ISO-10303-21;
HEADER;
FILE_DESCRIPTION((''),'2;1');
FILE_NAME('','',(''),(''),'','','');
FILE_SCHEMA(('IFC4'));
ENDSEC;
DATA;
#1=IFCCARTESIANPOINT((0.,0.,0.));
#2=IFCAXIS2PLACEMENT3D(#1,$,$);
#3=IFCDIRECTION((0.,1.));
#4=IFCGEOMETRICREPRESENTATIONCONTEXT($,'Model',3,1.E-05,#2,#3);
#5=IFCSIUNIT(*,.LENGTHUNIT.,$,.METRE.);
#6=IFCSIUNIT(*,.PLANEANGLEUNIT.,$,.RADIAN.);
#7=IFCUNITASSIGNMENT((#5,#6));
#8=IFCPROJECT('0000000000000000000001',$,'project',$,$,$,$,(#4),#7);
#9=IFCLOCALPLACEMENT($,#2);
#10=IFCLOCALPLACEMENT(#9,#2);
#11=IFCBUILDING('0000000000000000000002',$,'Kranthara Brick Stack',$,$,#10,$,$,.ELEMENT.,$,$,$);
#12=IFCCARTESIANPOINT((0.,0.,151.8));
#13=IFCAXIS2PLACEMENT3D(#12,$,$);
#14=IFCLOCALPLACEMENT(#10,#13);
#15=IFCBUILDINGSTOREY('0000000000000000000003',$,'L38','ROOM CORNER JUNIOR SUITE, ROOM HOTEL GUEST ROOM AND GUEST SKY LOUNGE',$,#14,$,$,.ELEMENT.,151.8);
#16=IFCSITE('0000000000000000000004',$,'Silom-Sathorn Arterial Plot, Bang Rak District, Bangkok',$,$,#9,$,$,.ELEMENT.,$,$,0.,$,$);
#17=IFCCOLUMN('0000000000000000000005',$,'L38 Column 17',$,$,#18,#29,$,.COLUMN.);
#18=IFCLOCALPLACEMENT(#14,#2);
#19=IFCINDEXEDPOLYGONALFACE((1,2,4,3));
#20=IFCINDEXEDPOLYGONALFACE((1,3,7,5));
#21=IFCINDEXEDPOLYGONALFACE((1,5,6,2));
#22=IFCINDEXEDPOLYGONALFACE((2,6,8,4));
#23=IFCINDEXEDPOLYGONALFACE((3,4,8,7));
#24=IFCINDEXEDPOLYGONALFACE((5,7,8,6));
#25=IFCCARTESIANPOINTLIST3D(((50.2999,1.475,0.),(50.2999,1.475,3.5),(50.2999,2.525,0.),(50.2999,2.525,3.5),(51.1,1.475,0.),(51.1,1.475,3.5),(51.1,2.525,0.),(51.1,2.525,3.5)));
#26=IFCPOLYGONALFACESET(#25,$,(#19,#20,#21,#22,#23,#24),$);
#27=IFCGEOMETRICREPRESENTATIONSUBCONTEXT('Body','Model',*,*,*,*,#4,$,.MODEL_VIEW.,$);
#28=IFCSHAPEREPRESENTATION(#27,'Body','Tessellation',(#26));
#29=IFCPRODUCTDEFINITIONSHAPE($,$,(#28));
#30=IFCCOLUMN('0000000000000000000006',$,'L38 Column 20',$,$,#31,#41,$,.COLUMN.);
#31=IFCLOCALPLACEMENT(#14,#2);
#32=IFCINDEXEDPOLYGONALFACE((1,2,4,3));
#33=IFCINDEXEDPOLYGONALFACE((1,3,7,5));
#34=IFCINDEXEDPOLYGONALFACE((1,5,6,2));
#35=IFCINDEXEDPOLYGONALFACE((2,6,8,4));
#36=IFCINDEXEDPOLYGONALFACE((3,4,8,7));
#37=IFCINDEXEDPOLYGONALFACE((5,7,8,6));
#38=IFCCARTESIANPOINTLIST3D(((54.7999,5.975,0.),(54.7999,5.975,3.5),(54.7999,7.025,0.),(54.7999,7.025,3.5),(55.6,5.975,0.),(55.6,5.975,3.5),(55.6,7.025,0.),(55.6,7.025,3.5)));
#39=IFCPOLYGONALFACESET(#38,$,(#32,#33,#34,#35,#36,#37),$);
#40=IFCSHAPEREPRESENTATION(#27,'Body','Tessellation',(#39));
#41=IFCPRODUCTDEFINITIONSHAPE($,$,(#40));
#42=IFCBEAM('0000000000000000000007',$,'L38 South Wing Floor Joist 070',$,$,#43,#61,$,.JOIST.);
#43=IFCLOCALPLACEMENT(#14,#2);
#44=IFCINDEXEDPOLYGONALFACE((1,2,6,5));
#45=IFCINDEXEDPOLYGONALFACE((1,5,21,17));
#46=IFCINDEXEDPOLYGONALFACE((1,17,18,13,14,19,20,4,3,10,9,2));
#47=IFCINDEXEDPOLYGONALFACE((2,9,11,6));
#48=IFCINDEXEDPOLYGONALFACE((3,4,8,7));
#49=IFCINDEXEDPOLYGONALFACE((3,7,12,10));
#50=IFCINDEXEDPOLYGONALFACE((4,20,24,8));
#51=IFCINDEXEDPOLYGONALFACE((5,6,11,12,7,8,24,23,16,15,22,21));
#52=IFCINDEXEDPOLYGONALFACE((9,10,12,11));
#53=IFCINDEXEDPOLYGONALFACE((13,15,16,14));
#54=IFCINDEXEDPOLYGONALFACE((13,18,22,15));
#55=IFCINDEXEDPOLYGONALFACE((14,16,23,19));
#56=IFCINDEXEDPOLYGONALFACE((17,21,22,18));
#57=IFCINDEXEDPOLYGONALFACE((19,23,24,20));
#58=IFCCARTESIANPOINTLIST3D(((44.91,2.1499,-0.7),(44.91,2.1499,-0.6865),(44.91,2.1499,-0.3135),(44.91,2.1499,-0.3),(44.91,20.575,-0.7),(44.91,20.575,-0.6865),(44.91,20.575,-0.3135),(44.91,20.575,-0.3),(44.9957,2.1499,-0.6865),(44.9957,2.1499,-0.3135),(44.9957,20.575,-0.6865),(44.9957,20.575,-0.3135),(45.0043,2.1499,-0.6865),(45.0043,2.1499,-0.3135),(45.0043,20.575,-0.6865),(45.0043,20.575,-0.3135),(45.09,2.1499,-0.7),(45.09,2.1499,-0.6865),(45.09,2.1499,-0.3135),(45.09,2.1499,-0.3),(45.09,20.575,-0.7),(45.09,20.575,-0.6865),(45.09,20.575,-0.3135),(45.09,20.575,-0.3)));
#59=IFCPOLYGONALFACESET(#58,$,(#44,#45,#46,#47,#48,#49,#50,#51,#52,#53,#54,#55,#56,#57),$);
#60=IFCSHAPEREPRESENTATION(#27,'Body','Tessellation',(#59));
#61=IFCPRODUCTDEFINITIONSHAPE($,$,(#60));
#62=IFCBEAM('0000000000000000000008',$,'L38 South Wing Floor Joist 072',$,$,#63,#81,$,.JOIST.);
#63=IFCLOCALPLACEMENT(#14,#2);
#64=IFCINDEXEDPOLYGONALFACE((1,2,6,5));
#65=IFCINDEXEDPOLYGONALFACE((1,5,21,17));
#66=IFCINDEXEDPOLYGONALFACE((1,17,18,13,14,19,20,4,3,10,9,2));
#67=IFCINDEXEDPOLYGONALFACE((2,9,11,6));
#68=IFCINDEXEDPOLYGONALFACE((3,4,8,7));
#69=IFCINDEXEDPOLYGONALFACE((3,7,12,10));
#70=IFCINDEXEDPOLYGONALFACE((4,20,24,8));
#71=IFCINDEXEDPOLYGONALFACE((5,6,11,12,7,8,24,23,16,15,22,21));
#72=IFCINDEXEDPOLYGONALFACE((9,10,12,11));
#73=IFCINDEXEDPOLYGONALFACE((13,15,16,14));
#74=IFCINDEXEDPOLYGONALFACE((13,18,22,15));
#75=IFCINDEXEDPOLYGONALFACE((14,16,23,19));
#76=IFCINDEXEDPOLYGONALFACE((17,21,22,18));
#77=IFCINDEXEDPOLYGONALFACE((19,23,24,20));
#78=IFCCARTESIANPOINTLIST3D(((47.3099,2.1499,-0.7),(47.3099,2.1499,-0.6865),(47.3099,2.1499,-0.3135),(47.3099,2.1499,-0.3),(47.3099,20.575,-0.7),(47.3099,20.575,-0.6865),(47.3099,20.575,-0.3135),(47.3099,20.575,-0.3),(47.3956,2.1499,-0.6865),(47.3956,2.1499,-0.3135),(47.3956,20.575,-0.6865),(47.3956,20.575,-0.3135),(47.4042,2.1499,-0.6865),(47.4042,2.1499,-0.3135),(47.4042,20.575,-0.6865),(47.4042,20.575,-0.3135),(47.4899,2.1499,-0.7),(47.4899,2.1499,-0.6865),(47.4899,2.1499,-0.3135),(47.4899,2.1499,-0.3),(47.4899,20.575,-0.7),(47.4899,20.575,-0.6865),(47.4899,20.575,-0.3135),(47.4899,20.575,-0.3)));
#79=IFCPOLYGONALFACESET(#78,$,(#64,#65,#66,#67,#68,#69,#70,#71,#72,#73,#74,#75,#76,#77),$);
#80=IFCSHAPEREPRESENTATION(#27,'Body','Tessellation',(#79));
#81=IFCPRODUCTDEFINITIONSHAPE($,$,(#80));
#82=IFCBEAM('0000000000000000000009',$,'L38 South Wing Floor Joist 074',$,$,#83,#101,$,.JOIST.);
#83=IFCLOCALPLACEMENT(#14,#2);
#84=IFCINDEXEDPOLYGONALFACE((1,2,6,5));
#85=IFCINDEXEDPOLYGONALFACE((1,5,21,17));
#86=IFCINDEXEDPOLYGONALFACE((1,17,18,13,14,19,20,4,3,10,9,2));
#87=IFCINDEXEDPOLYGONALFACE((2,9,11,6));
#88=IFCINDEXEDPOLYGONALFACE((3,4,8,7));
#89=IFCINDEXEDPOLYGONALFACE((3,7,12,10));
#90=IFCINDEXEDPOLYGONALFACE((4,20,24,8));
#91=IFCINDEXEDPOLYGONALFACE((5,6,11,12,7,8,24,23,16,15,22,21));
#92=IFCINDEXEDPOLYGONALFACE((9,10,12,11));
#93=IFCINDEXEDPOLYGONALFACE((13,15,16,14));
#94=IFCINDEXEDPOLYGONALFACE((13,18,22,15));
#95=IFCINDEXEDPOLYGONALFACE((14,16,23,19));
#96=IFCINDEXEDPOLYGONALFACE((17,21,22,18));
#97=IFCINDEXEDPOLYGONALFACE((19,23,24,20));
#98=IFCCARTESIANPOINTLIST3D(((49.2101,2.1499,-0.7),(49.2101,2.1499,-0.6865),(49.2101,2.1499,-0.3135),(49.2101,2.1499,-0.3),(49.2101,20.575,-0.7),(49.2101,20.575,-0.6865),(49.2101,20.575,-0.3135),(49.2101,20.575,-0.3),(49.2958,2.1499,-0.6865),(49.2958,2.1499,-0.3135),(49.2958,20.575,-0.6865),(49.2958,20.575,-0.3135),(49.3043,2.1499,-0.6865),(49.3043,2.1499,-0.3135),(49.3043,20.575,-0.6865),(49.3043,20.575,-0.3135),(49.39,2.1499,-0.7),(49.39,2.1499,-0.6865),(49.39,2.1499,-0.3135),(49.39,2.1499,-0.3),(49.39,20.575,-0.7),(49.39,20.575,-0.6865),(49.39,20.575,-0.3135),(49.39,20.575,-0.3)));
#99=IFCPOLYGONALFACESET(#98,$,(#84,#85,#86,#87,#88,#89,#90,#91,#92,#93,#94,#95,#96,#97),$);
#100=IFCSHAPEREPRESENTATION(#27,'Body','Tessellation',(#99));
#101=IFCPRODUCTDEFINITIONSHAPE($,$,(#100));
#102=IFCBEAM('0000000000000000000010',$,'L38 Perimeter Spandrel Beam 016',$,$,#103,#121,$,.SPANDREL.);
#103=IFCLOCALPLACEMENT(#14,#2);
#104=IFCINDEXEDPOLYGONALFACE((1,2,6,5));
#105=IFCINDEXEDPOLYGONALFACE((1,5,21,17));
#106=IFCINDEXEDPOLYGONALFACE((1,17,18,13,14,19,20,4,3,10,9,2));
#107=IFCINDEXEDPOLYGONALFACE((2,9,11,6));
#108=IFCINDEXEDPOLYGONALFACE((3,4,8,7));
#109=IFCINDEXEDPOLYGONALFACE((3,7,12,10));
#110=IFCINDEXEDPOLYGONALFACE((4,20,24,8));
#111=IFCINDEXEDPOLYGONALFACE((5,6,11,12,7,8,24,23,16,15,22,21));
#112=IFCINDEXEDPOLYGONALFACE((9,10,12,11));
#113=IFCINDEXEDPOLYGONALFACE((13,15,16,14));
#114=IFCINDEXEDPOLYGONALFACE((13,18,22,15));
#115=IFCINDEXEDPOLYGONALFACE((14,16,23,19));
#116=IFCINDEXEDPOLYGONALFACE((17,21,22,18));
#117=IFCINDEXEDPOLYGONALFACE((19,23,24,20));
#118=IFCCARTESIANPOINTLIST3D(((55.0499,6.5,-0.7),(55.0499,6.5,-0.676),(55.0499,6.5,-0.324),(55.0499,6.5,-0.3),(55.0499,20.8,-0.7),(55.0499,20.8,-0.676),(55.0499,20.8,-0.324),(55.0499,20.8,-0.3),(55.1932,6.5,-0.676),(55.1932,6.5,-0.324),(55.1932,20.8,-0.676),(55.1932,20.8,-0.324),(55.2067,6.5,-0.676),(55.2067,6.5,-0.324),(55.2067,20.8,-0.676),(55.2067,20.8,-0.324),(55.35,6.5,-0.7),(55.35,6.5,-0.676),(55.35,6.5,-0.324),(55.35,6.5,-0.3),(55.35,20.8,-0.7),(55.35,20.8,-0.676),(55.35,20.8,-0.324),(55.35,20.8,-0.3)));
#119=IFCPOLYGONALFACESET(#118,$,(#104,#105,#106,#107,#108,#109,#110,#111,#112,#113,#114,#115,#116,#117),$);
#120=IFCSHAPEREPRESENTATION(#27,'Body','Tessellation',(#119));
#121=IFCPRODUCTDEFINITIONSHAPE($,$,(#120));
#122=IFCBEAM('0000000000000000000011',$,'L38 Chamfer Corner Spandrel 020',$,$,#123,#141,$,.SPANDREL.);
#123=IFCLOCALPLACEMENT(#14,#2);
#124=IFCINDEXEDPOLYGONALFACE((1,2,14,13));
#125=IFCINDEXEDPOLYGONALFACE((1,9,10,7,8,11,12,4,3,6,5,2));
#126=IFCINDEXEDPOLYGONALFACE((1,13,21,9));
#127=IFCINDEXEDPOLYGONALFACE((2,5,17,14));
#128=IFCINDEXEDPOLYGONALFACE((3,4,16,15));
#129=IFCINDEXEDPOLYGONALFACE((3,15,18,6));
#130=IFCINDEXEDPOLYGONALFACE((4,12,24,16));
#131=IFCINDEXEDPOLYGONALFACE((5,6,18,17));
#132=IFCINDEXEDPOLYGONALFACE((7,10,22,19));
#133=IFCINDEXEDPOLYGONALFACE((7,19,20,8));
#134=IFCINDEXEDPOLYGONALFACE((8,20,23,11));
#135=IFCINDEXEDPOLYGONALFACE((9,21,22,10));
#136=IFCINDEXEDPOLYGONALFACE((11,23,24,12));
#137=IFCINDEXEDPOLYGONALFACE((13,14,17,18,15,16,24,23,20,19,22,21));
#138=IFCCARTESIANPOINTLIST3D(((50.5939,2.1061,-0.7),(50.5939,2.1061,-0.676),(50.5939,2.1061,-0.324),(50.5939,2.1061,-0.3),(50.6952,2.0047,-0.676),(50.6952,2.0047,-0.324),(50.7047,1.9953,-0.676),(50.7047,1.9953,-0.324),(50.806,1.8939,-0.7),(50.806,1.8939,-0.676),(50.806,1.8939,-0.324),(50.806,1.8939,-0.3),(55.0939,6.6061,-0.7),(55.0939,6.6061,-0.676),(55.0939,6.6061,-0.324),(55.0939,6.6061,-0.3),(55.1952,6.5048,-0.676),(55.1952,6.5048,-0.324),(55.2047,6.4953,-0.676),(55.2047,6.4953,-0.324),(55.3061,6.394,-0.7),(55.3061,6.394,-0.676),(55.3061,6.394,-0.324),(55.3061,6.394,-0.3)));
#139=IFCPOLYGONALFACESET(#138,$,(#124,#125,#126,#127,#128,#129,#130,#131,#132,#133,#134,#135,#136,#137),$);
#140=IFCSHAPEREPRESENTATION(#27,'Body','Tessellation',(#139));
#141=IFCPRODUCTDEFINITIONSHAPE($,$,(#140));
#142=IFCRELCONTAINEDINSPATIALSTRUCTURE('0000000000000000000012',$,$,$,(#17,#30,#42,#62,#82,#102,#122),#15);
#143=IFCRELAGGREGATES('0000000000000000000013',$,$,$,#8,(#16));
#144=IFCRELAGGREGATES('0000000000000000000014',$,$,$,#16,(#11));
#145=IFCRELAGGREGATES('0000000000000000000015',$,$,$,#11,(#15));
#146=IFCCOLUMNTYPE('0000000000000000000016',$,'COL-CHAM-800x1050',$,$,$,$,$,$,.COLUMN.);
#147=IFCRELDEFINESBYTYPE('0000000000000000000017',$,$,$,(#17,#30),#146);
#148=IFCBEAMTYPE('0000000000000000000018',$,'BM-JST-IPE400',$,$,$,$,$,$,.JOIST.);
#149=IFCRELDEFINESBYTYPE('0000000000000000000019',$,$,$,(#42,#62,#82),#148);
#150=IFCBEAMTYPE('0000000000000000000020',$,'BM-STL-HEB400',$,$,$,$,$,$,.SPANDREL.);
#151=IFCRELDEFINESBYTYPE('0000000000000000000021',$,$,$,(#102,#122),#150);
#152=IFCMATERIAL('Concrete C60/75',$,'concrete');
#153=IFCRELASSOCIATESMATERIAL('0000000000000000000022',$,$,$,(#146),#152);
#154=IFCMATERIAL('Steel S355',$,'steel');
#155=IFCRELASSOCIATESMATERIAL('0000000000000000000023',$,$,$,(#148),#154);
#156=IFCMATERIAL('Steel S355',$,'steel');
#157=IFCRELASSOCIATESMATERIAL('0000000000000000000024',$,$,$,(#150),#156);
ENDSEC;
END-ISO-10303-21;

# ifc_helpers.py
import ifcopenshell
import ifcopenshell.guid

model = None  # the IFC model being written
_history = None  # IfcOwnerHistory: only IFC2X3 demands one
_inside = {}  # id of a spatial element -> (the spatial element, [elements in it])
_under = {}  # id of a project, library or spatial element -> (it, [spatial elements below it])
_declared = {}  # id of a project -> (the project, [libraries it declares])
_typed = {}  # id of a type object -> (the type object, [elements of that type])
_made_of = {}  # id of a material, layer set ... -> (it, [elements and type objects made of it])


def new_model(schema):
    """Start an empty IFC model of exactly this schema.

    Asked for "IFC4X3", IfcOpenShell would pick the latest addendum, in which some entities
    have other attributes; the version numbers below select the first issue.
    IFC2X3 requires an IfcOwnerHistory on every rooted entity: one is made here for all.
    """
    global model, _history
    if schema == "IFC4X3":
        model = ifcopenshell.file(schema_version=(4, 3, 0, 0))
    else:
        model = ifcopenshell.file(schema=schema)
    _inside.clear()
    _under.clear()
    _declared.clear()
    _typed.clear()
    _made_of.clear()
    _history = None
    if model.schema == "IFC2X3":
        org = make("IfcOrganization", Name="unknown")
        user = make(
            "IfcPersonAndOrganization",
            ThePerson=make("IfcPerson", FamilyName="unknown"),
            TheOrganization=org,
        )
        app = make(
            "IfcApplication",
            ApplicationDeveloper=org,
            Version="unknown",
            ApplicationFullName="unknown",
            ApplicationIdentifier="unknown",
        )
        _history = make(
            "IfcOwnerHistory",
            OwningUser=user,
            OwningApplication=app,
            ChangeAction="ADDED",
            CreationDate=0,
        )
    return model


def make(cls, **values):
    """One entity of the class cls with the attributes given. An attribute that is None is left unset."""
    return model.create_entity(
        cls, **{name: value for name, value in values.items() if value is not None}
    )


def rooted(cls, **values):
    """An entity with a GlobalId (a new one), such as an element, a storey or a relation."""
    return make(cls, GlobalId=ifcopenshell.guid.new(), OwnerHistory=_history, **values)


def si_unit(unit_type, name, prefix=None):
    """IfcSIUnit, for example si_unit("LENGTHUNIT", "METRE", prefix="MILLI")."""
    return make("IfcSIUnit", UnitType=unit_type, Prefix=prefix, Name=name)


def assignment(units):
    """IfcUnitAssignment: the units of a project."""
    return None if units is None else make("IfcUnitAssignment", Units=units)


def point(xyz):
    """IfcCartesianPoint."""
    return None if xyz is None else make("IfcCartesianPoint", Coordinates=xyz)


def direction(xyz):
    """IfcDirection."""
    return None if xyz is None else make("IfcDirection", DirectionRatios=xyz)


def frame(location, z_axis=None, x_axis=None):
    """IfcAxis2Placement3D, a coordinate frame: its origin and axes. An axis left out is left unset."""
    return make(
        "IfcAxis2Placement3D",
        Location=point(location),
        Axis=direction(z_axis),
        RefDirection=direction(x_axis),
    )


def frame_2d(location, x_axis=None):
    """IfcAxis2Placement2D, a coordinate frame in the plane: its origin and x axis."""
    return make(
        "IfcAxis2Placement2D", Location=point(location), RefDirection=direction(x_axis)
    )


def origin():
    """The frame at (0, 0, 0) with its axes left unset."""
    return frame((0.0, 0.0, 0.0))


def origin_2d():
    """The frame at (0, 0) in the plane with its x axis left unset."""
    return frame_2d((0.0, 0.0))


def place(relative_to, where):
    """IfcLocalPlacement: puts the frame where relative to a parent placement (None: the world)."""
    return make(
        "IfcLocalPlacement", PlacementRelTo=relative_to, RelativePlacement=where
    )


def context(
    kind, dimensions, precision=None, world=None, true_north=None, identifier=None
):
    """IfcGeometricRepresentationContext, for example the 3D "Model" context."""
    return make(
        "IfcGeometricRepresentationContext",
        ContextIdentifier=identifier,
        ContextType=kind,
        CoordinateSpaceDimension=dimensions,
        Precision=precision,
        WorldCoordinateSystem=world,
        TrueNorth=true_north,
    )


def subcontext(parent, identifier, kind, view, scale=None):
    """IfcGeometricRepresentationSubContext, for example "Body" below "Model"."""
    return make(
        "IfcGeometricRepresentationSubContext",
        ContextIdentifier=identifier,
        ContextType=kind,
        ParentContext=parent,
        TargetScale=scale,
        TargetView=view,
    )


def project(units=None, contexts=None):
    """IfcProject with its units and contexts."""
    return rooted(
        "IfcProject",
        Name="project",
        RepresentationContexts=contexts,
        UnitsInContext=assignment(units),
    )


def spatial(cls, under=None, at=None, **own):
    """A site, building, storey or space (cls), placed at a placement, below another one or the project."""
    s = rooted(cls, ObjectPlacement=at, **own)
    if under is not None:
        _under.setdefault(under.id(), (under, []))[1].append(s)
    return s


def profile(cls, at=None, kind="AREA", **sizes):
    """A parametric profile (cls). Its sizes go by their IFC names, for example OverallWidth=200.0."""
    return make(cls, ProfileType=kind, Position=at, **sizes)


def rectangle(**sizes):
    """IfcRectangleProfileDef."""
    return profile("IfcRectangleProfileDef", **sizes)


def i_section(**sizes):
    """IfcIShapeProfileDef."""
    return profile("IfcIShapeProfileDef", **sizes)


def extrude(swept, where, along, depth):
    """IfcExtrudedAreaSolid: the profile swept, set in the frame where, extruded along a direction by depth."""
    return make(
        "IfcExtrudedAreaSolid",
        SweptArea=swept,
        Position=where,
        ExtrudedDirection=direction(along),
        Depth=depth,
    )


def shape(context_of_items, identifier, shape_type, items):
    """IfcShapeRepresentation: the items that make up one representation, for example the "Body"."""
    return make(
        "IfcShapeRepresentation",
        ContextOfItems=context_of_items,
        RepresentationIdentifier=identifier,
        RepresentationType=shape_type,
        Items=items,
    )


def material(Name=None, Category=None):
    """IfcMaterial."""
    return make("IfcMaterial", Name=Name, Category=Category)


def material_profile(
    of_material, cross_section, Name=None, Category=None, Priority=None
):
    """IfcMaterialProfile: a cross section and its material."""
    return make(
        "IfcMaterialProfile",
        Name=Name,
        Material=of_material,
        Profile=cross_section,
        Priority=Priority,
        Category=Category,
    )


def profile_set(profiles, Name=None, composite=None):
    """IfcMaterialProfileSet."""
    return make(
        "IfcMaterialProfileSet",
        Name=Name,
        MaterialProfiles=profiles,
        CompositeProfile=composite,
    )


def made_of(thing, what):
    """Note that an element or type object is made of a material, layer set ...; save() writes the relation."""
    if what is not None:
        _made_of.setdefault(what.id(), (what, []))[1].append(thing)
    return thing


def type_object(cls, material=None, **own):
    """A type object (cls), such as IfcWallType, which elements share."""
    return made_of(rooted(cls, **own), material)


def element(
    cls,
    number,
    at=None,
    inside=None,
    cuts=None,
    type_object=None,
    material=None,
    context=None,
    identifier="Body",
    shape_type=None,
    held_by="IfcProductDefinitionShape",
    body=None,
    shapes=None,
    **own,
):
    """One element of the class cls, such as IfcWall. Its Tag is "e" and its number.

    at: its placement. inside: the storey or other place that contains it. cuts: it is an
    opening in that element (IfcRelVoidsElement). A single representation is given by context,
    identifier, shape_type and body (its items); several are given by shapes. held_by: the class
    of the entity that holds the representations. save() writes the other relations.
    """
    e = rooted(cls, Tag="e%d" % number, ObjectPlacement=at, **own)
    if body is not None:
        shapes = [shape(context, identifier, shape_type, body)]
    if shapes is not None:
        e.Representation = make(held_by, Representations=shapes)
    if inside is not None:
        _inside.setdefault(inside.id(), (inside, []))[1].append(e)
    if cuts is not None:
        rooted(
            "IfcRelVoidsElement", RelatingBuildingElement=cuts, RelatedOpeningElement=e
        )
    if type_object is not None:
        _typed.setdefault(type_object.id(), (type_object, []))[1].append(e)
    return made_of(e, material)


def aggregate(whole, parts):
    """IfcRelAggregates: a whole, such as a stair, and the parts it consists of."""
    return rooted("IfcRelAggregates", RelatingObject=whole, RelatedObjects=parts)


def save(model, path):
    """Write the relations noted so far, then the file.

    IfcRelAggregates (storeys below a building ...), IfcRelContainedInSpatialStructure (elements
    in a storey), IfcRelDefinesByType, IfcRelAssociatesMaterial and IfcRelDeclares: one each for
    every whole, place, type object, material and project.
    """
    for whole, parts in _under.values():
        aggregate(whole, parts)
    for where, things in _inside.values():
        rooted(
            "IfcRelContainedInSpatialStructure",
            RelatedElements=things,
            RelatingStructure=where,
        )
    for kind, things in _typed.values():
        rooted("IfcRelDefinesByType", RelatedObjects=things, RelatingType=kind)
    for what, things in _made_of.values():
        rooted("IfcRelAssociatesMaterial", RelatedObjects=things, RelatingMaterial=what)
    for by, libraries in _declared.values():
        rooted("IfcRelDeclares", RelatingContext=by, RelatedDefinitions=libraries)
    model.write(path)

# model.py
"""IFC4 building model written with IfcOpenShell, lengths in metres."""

from ifc_helpers import new_model, si_unit, direction, frame, origin, origin_2d, place, context, subcontext, project, spatial, rectangle, i_section, extrude, material, material_profile, profile_set, type_object, element, save


model = new_model("IFC4")

# Units and contexts
model_context = context("Model", 3, precision=1e-05, world=origin(), true_north=direction((0.0, 1.0)))
body_context = subcontext(model_context, "Body", "Model", "MODEL_VIEW")
ifc_project = project(units=[si_unit("LENGTHUNIT", "METRE"), si_unit("PLANEANGLEUNIT", "RADIAN")], contexts=[model_context])

# Site, building, storey
site_placement = place(None, origin())
site = spatial("IfcSite", under=ifc_project, at=site_placement, Name="Silom-Sathorn Arterial Plot, Bang Rak District, Bangkok", CompositionType="ELEMENT", RefElevation=0.0)
building_placement = place(site_placement, origin())
building = spatial("IfcBuilding", under=site, at=building_placement, Name="Kranthara Brick Stack", CompositionType="ELEMENT")
storey_placement = place(building_placement, frame((0.0, 0.0, 151.8)))
storey = spatial("IfcBuildingStorey", under=building, at=storey_placement, Name="L38", Description="ROOM CORNER JUNIOR SUITE, ROOM HOTEL GUEST ROOM AND GUEST SKY LOUNGE", CompositionType="ELEMENT", Elevation=151.8)

# Columns
ifc_material_1 = material(Name="Concrete C60/75", Category="concrete")
ifc_material_profile_1 = material_profile(ifc_material_1, rectangle(XDim=0.8, YDim=1.05, at=origin_2d()), Name="RC 800x1050")
ifc_profile_set_1 = profile_set([ifc_material_profile_1], Name="Concrete C60/75")
column_type = type_object("IfcColumnType", Name="COL-CHAM-800x1050", PredefinedType="COLUMN", material=ifc_profile_set_1)
for number, where, z_axis, x_axis, name in (
    (1, (50.7, 2.0, 0.0), (0.0, 0.0, 1.0), (1.0, 0.0, 0.0), "L38 Column 17"),
    (2, (55.2, 6.5, 0.0), (0.0, 0.0, 1.0), (1.0, 0.0, 0.0), "L38 Column 20"),
):
    element("IfcColumn", number, at=place(storey_placement, frame(where, z_axis=z_axis, x_axis=x_axis)), inside=storey, type_object=column_type, Name=name, PredefinedType="COLUMN", context=body_context, shape_type="SweptSolid", body=[
        extrude(rectangle(XDim=0.8, YDim=1.05, at=origin_2d()), origin(), (0.0, 0.0, 1.0), 3.5),
    ])

# Beams
ifc_material_2 = material(Name="Steel S355", Category="steel")
ifc_material_profile_2 = material_profile(ifc_material_2, i_section(OverallWidth=0.1799, OverallDepth=0.3999, WebThickness=0.0085, FlangeThickness=0.0134, at=origin_2d()), Name="IPE 400")
ifc_profile_set_2 = profile_set([ifc_material_profile_2], Name="Steel S355")
beam_type_1 = type_object("IfcBeamType", Name="BM-JST-IPE400", PredefinedType="JOIST", material=ifc_profile_set_2)
for number, where, z_axis, x_axis, name in (
    (3, (45.0, 2.1499, -0.5), (0.0, 1.0, 0.0), (-1.0, 0.0, 0.0), "L38 South Wing Floor Joist 070"),
    (4, (47.3999, 2.1499, -0.5), (0.0, 1.0, 0.0), (-1.0, 0.0, 0.0), "L38 South Wing Floor Joist 072"),
    (5, (49.3, 2.1499, -0.5), (0.0, 1.0, 0.0), (-1.0, 0.0, 0.0), "L38 South Wing Floor Joist 074"),
):
    element("IfcBeam", number, at=place(storey_placement, frame(where, z_axis=z_axis, x_axis=x_axis)), inside=storey, type_object=beam_type_1, Name=name, PredefinedType="JOIST", context=body_context, shape_type="SweptSolid", body=[
        extrude(i_section(OverallWidth=0.1799, OverallDepth=0.3999, WebThickness=0.0085, FlangeThickness=0.0134, at=origin_2d()), origin(), (0.0, 0.0, 1.0), 18.425),
    ])
ifc_material_3 = material(Name="Steel S355", Category="steel")
ifc_material_profile_3 = material_profile(ifc_material_3, i_section(OverallWidth=0.3, OverallDepth=0.3999, WebThickness=0.0134, FlangeThickness=0.0239, at=origin_2d()), Name="HEB 400")
ifc_profile_set_3 = profile_set([ifc_material_profile_3], Name="Steel S355")
beam_type_2 = type_object("IfcBeamType", Name="BM-STL-HEB400", PredefinedType="SPANDREL", material=ifc_profile_set_3)
beam_1_placement = place(storey_placement, frame((55.2, 6.5, -0.5), z_axis=(0.0, 1.0, 0.0), x_axis=(-1.0, 0.0, 0.0)))
element("IfcBeam", 6, at=beam_1_placement, inside=storey, type_object=beam_type_2, Name="L38 Perimeter Spandrel Beam 016", PredefinedType="SPANDREL", context=body_context, shape_type="SweptSolid", body=[
    extrude(i_section(OverallWidth=0.3, OverallDepth=0.3999, WebThickness=0.0134, FlangeThickness=0.0239, at=origin_2d()), origin(), (0.0, 0.0, 1.0), 14.3),
])
beam_2_placement = place(storey_placement, frame((50.7, 2.0, -0.5), z_axis=(0.707107, 0.707107, 0.0), x_axis=(-0.707107, 0.707107, 0.0)))
element("IfcBeam", 7, at=beam_2_placement, inside=storey, type_object=beam_type_2, Name="L38 Chamfer Corner Spandrel 020", PredefinedType="SPANDREL", context=body_context, shape_type="SweptSolid", body=[
    extrude(i_section(OverallWidth=0.3, OverallDepth=0.3999, WebThickness=0.0134, FlangeThickness=0.0239, at=origin_2d()), origin(), (0.0, 0.0, 1.0), 6.364),
])

save(model, "model.ifc")
